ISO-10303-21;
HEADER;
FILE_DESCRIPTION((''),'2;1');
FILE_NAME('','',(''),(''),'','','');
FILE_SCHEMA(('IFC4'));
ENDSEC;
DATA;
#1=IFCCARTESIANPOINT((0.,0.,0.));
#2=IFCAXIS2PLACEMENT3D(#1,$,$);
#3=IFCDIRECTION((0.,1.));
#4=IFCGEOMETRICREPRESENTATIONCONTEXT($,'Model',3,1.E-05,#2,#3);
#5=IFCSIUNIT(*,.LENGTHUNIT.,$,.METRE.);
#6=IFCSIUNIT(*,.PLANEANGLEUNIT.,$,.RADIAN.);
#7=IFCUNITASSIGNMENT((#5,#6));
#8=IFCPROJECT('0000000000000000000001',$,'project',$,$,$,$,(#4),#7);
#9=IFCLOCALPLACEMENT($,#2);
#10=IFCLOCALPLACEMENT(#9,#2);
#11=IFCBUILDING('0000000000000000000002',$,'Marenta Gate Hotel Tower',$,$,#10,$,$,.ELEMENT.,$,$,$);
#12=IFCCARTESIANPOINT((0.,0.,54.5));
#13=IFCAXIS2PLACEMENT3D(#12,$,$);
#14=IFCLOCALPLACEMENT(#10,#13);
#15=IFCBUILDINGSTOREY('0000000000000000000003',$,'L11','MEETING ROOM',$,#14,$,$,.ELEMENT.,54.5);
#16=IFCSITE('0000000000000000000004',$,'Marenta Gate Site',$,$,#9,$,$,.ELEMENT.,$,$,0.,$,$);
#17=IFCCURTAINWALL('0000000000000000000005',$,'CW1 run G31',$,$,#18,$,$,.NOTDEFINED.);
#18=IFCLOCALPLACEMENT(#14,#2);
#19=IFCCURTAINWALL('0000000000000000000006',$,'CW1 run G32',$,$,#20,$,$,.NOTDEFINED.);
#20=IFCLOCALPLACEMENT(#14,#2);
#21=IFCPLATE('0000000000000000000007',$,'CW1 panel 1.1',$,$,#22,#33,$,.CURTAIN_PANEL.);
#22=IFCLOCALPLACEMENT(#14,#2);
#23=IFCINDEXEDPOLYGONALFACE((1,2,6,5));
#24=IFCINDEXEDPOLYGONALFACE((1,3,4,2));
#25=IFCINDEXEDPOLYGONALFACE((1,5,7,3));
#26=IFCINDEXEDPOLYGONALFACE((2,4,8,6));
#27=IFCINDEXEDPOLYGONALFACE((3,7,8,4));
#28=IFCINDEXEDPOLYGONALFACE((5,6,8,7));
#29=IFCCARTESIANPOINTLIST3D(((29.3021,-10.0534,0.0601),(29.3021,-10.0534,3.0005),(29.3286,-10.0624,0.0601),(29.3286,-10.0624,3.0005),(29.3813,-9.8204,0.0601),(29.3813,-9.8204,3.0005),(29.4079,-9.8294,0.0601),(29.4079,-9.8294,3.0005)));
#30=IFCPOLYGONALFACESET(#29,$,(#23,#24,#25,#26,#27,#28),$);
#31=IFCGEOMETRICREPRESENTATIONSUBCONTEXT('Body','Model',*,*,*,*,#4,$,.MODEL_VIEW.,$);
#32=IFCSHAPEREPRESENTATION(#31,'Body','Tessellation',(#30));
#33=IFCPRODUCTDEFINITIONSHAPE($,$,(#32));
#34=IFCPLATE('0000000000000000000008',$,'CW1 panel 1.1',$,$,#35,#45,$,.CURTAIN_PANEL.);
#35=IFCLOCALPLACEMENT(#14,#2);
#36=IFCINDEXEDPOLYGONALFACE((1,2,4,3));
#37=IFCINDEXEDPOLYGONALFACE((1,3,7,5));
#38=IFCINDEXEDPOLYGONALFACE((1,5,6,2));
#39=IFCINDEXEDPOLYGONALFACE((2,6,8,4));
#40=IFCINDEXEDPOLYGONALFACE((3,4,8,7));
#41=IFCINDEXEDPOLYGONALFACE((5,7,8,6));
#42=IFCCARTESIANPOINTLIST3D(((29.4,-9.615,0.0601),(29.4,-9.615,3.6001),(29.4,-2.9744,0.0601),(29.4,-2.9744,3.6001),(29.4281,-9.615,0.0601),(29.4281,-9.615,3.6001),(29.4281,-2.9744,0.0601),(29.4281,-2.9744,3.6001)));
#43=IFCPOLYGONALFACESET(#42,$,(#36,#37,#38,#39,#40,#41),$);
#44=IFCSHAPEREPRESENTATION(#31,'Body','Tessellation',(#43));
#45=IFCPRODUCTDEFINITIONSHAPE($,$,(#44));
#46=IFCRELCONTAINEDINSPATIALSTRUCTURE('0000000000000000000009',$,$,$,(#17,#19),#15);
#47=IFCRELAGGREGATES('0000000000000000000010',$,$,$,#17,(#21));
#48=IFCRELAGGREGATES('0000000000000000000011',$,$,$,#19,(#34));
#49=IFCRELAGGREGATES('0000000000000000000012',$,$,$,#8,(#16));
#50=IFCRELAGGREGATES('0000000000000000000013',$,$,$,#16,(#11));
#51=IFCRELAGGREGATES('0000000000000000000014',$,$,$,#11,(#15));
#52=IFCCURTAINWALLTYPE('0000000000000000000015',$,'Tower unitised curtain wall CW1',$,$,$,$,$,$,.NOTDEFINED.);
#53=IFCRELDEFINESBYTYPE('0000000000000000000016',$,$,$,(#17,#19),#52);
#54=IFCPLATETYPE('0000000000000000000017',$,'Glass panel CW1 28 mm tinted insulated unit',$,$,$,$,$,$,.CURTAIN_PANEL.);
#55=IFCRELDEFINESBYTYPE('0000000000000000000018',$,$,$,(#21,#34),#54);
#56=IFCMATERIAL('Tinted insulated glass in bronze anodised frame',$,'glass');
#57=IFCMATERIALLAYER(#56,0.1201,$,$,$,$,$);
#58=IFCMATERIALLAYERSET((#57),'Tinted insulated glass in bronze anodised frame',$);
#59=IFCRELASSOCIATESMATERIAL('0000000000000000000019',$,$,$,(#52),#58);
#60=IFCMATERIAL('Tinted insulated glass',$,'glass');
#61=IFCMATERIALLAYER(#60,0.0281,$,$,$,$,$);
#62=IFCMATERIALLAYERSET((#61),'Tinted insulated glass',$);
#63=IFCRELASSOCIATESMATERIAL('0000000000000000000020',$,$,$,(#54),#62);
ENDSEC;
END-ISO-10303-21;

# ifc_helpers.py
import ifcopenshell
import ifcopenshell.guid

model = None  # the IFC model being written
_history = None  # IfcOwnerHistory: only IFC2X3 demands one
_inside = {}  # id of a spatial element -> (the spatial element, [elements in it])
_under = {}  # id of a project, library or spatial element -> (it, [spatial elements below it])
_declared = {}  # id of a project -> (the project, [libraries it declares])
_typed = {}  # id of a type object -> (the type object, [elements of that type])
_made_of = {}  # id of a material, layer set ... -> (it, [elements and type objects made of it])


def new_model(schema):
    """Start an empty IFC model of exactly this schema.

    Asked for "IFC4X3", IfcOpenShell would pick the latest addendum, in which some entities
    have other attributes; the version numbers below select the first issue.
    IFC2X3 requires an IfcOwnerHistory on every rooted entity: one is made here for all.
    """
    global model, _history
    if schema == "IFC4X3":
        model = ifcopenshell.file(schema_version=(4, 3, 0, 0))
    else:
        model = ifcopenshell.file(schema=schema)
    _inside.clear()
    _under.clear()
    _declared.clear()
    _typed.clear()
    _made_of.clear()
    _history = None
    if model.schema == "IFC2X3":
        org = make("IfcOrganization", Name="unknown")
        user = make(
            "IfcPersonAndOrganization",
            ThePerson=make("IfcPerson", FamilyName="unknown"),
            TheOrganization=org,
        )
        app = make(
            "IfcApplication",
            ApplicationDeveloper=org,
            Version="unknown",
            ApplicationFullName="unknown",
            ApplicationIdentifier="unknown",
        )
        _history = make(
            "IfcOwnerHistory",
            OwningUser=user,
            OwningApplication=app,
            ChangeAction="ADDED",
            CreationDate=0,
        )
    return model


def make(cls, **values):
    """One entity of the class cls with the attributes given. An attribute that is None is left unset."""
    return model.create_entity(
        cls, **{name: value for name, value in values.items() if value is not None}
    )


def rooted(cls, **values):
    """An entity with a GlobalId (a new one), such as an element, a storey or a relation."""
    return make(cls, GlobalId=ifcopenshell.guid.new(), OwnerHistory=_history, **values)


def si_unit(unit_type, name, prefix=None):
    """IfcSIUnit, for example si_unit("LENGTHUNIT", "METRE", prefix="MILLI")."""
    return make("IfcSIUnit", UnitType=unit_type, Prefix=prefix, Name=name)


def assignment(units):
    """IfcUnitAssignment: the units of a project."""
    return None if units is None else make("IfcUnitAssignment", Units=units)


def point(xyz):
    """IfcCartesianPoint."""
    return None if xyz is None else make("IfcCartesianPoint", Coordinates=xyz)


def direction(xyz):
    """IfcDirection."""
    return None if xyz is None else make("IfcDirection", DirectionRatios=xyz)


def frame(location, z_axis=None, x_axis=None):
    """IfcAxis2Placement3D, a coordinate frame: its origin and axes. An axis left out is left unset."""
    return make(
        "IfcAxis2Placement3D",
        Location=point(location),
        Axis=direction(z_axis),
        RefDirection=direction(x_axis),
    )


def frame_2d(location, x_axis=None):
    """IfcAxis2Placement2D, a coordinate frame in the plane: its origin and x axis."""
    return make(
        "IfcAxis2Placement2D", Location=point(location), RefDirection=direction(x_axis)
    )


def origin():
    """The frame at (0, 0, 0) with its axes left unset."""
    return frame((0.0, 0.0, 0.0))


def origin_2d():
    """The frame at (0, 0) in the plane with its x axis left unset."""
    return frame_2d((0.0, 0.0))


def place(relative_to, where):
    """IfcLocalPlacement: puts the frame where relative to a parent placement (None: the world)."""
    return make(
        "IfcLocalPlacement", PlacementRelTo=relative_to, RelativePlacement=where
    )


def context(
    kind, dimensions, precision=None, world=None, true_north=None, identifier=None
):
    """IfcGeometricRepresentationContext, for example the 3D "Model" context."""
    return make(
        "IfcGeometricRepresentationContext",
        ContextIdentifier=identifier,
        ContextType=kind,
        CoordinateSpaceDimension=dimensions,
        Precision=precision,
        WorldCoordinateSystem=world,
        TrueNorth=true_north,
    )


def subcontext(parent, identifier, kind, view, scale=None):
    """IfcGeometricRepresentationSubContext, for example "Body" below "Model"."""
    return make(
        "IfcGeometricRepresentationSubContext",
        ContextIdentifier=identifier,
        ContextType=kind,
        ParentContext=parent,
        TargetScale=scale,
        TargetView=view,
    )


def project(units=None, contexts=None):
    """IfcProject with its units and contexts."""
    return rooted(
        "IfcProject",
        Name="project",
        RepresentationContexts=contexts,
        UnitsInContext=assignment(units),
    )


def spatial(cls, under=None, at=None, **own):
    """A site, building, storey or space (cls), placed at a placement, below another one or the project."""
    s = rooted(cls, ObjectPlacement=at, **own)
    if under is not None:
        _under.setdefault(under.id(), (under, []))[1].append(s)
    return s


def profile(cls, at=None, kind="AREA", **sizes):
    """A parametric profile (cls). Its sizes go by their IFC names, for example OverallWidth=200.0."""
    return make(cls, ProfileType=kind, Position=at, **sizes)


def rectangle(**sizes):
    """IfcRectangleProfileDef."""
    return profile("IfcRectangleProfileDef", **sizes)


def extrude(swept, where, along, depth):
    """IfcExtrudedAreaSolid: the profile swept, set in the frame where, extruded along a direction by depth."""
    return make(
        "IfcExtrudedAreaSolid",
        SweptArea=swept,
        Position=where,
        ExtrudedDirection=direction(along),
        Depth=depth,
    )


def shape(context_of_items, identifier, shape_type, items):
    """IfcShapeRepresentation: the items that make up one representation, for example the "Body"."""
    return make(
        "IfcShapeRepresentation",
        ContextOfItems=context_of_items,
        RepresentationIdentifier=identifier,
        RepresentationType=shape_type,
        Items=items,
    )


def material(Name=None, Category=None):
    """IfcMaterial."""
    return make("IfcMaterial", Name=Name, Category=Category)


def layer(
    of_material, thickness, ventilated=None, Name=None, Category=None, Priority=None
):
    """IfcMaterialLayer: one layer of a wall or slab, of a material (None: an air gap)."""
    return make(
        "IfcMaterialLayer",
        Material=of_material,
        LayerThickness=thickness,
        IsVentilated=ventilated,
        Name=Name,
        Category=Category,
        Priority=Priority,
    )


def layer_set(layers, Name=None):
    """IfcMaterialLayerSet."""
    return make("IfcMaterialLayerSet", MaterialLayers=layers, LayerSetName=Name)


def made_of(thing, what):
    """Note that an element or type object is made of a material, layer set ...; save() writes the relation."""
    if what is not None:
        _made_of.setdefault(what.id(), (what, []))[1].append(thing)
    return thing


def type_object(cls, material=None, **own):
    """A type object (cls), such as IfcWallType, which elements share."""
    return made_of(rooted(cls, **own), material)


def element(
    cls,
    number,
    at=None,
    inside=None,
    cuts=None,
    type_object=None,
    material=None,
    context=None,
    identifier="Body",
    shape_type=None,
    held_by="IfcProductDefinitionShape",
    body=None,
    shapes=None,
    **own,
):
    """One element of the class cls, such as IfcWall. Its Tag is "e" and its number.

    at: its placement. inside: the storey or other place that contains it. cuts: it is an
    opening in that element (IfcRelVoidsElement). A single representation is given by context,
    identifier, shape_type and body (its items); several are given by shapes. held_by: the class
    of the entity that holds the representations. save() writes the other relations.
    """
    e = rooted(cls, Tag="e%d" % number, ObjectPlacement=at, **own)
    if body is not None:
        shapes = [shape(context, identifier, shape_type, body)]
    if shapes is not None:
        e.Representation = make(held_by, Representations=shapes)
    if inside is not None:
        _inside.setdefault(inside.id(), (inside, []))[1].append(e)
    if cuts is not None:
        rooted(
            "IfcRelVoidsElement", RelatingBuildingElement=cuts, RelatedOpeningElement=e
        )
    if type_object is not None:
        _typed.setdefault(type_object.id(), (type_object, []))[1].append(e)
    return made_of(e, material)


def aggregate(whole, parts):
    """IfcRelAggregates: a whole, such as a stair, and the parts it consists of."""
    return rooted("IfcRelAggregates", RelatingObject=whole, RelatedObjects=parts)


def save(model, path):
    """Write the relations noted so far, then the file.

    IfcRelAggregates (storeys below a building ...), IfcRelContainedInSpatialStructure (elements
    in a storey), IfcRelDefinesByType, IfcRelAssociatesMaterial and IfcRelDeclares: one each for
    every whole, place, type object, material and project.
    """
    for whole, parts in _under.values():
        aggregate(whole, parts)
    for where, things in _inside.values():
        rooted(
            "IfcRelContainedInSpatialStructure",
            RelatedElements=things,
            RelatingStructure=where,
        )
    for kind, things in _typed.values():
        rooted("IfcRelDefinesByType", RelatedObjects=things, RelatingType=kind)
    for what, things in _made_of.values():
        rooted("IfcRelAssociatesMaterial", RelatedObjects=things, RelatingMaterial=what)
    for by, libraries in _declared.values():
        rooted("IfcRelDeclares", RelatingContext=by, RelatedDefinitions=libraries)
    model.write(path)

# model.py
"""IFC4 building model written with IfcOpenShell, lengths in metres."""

from ifc_helpers import new_model, si_unit, direction, frame, origin, origin_2d, place, context, subcontext, project, spatial, rectangle, extrude, material, layer, layer_set, type_object, element, aggregate, save


model = new_model("IFC4")

# Units and contexts
model_context = context("Model", 3, precision=1e-05, world=origin(), true_north=direction((0.0, 1.0)))
body_context = subcontext(model_context, "Body", "Model", "MODEL_VIEW")
ifc_project = project(units=[si_unit("LENGTHUNIT", "METRE"), si_unit("PLANEANGLEUNIT", "RADIAN")], contexts=[model_context])

# Site, building, storey
site_placement = place(None, origin())
site = spatial("IfcSite", under=ifc_project, at=site_placement, Name="Marenta Gate Site", CompositionType="ELEMENT", RefElevation=0.0)
building_placement = place(site_placement, origin())
building = spatial("IfcBuilding", under=site, at=building_placement, Name="Marenta Gate Hotel Tower", CompositionType="ELEMENT")
storey_placement = place(building_placement, frame((0.0, 0.0, 54.5)))
storey = spatial("IfcBuildingStorey", under=building, at=storey_placement, Name="L11", Description="MEETING ROOM", CompositionType="ELEMENT", Elevation=54.5)

# Shared definitions
ifc_material_1 = material(Name="Tinted insulated glass in bronze anodised frame", Category="glass")
ifc_layer_1 = layer(ifc_material_1, 0.1201)
ifc_layer_set_1 = layer_set([ifc_layer_1], Name="Tinted insulated glass in bronze anodised frame")
curtain_wall_type = type_object("IfcCurtainWallType", Name="Tower unitised curtain wall CW1", PredefinedType="NOTDEFINED", material=ifc_layer_set_1)

# Curtain walls
curtain_wall_1_placement = place(storey_placement, origin())
curtain_wall_1 = element("IfcCurtainWall", 1, at=curtain_wall_1_placement, inside=storey, type_object=curtain_wall_type, Name="CW1 run G31", PredefinedType="NOTDEFINED")
curtain_wall_2_placement = place(storey_placement, origin())
curtain_wall_2 = element("IfcCurtainWall", 2, at=curtain_wall_2_placement, inside=storey, type_object=curtain_wall_type, Name="CW1 run G32", PredefinedType="NOTDEFINED")

# Shared definitions
ifc_material_2 = material(Name="Tinted insulated glass", Category="glass")
ifc_layer_2 = layer(ifc_material_2, 0.0281)
ifc_layer_set_2 = layer_set([ifc_layer_2], Name="Tinted insulated glass")
plate_type = type_object("IfcPlateType", Name="Glass panel CW1 28 mm tinted insulated unit", PredefinedType="CURTAIN_PANEL", material=ifc_layer_set_2)

# Plates
plate_1_placement = place(storey_placement, frame((29.355, -9.9414, 0.0601), z_axis=(0.0, 0.0, 1.0), x_axis=(0.32204, 0.946726, 0.0)))
plate_1 = element("IfcPlate", 3, at=plate_1_placement, type_object=plate_type, Name="CW1 panel 1.1", PredefinedType="CURTAIN_PANEL", context=body_context, shape_type="SweptSolid", body=[
    extrude(rectangle(XDim=0.2461, YDim=0.0281, at=origin_2d()), origin(), (0.0, 0.0, 1.0), 2.9404),
])
aggregate(curtain_wall_1, [plate_1])
plate_2_placement = place(storey_placement, frame((29.4141, -6.2947, 0.0601), z_axis=(0.0, 0.0, 1.0), x_axis=(0.0, 1.0, 0.0)))
plate_2 = element("IfcPlate", 4, at=plate_2_placement, type_object=plate_type, Name="CW1 panel 1.1", PredefinedType="CURTAIN_PANEL", context=body_context, shape_type="SweptSolid", body=[
    extrude(rectangle(XDim=6.6406, YDim=0.0281, at=origin_2d()), origin(), (0.0, 0.0, 1.0), 3.54),
])
aggregate(curtain_wall_2, [plate_2])

save(model, "model.ifc")
